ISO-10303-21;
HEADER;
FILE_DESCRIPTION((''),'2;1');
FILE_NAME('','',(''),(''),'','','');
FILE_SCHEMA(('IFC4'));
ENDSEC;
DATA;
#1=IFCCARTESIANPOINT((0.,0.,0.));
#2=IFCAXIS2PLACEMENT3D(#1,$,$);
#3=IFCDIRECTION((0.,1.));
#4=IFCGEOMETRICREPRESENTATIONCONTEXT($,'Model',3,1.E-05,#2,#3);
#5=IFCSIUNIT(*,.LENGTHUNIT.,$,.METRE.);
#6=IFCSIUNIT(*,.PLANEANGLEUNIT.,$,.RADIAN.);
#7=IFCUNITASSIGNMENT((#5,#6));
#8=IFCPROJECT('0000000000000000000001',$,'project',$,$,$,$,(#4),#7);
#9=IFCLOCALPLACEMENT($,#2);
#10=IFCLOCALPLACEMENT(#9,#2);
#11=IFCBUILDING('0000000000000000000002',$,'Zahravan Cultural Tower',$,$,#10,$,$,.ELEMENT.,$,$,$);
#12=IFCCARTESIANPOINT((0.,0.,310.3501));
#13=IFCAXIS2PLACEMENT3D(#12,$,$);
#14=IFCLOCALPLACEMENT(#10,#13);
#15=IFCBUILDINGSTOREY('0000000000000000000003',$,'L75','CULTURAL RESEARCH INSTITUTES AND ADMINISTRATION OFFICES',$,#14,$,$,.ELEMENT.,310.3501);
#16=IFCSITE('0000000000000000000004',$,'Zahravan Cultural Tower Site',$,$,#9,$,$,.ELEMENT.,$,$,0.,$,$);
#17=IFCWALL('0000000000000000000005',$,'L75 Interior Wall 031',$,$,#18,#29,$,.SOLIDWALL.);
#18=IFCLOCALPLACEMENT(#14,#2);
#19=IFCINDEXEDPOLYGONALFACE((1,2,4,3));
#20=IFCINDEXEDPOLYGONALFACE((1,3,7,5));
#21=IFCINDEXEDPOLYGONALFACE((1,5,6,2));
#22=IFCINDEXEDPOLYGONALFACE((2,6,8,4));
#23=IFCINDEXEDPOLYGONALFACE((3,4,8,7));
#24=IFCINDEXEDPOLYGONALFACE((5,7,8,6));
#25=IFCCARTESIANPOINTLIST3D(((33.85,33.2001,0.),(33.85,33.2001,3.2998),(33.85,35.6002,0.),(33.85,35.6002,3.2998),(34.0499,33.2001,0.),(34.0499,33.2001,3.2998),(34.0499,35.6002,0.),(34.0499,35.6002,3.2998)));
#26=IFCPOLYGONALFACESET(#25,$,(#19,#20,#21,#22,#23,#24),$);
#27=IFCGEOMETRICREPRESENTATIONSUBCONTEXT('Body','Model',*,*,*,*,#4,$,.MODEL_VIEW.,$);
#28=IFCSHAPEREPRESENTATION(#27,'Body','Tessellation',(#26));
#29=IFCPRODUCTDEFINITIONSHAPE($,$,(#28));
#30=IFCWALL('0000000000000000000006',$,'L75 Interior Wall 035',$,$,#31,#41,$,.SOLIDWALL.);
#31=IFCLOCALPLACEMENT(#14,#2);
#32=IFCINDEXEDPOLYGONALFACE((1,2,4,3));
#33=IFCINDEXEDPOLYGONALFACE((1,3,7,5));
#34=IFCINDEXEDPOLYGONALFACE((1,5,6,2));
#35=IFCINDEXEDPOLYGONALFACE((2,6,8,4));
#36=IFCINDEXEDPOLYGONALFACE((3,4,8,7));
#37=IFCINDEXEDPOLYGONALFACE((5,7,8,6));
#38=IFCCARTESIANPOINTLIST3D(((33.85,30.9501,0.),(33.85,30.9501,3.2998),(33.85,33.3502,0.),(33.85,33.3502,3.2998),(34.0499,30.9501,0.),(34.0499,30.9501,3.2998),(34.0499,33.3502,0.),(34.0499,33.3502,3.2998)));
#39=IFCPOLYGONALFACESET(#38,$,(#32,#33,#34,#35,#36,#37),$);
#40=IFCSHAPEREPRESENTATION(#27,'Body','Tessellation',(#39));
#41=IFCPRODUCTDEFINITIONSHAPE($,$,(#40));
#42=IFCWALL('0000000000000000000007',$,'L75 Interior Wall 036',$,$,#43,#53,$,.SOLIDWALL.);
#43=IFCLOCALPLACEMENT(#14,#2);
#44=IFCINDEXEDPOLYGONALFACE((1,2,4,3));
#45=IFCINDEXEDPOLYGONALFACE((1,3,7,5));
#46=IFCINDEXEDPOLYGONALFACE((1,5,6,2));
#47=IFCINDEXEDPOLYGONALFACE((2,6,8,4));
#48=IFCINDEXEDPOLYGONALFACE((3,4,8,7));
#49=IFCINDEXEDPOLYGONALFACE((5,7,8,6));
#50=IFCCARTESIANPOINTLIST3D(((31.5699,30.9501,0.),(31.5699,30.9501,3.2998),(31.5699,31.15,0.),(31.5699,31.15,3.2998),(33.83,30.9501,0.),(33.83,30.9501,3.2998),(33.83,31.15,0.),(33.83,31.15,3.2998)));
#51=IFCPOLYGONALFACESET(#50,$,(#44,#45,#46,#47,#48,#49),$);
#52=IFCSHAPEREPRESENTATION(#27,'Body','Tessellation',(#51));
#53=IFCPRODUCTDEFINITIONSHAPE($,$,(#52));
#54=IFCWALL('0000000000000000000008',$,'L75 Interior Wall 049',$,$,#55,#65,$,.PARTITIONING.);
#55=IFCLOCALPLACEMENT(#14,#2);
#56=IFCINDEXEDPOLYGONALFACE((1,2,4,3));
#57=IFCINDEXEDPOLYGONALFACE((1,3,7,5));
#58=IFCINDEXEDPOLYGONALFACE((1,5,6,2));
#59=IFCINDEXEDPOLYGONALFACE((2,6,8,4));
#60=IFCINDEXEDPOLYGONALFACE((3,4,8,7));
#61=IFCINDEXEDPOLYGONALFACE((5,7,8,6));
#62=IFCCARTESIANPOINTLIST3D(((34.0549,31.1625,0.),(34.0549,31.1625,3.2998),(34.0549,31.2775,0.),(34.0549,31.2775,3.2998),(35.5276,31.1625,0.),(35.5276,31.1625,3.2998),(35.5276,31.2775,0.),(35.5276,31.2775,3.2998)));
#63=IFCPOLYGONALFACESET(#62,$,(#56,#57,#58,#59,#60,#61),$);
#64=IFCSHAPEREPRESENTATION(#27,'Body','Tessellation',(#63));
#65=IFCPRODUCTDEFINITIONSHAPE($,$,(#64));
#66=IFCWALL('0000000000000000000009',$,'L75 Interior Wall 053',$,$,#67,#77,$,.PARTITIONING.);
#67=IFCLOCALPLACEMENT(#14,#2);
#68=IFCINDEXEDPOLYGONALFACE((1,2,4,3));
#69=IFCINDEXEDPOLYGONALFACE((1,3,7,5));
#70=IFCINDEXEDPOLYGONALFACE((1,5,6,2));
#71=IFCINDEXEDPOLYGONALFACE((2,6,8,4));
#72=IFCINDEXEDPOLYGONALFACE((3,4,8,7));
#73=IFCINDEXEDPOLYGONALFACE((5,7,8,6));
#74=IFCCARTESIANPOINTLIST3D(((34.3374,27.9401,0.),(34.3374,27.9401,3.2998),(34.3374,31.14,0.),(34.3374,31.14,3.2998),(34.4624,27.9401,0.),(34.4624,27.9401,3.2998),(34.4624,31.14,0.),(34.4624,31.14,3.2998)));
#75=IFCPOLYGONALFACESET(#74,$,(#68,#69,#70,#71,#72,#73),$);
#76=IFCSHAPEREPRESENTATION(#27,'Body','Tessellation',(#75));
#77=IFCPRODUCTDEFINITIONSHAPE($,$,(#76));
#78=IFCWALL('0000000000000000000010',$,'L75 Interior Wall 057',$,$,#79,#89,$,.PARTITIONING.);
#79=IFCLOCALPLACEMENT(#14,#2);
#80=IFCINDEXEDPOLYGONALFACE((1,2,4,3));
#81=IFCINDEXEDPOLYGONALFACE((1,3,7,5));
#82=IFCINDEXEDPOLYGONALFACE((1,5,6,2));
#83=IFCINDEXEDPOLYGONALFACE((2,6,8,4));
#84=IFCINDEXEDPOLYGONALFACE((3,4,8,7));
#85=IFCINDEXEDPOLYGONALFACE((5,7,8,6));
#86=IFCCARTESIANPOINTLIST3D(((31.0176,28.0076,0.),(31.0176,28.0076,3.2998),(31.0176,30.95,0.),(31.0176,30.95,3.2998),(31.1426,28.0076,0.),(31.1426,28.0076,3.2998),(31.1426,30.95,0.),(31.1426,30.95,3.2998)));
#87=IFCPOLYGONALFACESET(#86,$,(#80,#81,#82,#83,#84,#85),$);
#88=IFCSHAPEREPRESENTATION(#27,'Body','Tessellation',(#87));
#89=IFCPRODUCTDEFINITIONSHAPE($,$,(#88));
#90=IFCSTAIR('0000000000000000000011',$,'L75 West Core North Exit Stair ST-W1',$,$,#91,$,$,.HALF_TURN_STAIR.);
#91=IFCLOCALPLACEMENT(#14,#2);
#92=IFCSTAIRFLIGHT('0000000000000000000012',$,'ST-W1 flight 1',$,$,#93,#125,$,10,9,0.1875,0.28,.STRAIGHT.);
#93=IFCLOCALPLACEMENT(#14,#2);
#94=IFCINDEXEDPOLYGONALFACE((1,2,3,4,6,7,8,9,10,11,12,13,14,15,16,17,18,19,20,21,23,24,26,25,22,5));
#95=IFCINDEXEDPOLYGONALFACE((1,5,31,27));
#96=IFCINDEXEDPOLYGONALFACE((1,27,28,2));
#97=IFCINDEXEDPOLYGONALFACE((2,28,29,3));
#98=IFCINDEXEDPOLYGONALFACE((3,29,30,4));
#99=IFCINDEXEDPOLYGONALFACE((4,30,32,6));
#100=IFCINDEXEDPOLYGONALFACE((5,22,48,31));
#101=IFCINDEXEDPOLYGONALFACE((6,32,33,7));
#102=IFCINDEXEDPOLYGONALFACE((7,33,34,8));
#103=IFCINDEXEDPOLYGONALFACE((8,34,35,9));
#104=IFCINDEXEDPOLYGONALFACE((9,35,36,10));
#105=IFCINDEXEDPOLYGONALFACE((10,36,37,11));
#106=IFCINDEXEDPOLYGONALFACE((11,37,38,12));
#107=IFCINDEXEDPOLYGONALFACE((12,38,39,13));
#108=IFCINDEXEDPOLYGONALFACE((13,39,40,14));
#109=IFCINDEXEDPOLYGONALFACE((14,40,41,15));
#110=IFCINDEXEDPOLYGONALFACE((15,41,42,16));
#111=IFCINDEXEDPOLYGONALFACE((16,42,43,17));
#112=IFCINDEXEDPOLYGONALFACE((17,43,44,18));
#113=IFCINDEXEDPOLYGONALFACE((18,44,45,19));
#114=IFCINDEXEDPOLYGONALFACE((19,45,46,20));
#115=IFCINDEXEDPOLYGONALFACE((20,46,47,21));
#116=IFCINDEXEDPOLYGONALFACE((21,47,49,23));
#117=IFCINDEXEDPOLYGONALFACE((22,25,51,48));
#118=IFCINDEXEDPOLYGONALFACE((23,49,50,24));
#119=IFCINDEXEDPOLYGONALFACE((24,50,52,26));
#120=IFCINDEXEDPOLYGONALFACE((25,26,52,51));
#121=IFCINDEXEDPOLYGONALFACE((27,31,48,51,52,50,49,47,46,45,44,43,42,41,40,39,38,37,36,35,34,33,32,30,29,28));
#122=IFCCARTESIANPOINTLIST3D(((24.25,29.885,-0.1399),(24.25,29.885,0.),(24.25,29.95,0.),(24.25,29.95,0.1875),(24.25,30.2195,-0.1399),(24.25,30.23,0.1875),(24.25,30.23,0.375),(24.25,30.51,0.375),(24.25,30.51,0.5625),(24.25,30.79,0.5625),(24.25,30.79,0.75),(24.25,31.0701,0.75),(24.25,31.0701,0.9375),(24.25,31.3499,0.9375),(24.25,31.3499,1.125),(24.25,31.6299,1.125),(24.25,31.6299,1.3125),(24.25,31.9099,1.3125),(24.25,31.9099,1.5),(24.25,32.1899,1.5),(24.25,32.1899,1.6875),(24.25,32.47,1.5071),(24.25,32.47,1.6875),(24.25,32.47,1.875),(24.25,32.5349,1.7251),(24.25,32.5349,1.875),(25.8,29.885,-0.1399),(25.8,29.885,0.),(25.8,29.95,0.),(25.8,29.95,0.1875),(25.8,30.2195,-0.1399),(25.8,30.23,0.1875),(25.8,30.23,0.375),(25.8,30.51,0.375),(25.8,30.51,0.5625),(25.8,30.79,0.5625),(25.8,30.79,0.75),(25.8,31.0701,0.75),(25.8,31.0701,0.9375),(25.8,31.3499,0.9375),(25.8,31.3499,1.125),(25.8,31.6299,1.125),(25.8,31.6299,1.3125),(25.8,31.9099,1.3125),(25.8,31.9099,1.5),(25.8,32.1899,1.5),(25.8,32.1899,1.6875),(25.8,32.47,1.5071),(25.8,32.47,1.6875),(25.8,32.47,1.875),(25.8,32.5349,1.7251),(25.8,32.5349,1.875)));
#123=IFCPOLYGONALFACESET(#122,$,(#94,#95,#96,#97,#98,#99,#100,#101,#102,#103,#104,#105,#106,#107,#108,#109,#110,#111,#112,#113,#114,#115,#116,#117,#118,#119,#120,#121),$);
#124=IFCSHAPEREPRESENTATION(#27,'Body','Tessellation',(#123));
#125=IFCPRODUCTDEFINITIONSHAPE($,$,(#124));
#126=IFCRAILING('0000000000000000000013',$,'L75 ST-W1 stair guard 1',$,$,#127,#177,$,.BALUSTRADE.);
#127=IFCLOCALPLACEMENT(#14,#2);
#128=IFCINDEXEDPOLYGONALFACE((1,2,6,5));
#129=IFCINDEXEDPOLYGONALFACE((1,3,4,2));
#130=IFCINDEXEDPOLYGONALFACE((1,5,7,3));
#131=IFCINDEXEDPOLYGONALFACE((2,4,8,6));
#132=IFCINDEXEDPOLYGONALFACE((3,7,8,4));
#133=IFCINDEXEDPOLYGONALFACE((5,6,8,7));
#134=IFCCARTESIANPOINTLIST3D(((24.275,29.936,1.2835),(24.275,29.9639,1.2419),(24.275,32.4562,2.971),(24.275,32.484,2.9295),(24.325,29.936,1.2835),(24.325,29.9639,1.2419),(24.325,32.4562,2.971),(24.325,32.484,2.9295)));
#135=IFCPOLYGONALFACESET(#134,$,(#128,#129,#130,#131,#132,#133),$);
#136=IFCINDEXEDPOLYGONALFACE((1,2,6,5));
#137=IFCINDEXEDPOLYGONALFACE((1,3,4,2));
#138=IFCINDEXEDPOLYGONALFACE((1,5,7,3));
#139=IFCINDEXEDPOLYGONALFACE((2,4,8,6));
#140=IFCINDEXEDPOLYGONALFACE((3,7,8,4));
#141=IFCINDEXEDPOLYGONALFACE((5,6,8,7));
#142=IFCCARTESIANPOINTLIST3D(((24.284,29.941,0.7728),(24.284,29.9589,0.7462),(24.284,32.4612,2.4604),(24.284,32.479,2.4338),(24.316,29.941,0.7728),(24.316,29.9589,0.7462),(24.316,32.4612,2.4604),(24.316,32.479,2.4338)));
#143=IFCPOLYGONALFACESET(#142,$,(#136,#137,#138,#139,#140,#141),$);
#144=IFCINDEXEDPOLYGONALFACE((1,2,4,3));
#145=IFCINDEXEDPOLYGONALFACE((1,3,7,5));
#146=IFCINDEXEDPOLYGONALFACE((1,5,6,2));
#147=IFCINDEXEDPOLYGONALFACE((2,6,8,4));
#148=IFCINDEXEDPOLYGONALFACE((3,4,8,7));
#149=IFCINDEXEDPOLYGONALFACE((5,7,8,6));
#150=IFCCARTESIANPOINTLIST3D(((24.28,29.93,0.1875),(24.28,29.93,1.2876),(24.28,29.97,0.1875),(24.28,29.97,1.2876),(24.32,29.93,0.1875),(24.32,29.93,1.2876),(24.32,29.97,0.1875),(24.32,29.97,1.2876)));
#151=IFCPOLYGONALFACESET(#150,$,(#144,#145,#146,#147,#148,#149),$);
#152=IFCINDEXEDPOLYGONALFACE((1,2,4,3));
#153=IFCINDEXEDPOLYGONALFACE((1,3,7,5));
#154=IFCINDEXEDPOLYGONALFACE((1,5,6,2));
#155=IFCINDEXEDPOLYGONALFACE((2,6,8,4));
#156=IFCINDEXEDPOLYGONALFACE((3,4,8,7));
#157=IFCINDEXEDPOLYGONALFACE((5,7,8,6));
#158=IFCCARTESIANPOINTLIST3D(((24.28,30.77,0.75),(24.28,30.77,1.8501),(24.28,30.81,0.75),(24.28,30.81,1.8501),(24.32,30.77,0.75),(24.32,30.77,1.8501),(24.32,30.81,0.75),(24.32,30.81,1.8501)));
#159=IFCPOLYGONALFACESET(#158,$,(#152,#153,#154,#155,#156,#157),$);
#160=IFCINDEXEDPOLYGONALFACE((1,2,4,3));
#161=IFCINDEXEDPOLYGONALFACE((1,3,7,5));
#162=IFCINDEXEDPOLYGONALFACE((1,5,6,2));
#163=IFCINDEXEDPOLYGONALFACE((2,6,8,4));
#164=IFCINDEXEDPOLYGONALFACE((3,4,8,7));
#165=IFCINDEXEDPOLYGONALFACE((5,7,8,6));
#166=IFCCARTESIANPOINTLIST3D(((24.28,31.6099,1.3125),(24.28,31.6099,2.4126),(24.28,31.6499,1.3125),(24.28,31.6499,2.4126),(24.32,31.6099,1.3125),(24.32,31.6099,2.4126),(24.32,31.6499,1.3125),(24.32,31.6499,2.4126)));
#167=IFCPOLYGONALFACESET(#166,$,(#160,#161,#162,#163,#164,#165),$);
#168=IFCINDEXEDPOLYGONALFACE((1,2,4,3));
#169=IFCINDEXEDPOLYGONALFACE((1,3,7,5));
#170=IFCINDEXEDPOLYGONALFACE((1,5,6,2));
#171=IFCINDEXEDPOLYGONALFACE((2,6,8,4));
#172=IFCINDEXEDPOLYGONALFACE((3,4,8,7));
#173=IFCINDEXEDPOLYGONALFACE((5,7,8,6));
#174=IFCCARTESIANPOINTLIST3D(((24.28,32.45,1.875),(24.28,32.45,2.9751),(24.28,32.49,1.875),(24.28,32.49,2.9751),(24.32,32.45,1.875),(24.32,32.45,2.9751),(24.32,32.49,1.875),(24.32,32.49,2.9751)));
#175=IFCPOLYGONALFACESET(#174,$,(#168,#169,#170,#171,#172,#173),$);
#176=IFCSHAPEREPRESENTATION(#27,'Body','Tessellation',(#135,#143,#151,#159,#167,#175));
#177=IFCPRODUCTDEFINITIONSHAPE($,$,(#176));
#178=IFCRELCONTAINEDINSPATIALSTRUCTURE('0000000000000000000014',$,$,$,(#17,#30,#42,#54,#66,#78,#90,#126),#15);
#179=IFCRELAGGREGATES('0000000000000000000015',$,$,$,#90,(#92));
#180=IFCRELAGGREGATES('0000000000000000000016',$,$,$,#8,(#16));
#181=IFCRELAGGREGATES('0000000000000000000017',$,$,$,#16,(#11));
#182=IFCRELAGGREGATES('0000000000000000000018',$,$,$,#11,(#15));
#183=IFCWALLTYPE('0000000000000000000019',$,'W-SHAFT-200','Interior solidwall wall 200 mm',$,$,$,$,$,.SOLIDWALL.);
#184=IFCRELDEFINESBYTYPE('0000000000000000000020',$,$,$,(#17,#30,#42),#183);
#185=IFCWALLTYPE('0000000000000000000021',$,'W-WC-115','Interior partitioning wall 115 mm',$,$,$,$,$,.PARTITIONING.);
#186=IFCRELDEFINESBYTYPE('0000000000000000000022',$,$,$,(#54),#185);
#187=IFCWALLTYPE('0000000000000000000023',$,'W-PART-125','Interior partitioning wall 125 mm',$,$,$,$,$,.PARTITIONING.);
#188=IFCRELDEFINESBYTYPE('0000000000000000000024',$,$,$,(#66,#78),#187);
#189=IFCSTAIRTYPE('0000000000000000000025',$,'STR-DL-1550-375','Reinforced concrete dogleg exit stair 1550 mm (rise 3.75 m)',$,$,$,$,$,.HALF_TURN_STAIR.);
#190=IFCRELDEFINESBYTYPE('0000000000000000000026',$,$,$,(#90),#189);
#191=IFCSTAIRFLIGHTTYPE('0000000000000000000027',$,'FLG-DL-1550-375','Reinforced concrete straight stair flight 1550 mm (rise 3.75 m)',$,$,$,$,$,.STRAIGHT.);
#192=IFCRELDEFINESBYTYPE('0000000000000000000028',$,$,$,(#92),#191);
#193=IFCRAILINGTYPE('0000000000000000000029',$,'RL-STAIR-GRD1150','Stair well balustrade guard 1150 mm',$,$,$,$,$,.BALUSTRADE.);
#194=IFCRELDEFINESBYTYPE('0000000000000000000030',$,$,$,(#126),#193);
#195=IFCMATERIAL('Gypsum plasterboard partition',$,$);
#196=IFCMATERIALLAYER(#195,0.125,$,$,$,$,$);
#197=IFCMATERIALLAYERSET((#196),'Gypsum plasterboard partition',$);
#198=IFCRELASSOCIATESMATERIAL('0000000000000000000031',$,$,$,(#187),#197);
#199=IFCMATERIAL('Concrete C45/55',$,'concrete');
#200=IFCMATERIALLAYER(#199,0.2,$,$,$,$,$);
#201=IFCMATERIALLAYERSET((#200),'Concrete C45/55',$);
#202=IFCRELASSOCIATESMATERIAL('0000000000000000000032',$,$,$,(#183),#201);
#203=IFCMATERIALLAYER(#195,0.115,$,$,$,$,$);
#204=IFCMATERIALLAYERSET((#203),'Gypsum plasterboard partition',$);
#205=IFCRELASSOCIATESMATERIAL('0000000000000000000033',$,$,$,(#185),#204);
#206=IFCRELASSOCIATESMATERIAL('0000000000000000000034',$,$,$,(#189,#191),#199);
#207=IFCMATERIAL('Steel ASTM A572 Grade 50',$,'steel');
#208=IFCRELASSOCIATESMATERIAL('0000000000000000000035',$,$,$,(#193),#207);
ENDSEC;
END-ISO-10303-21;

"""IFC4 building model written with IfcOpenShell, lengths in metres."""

from ifc_helpers import new_model, si_unit, direction, frame, frame_2d, origin, origin_2d, place, context, subcontext, project, spatial, polyline, rectangle, outline, extrude, source, transform, mapped, material, layer, layer_set, type_object, element, aggregate, save


model = new_model("IFC4")

# Units and contexts
model_context = context("Model", 3, precision=1e-05, world=origin(), true_north=direction((0.0, 1.0)))
body_context = subcontext(model_context, "Body", "Model", "MODEL_VIEW")
ifc_project = project(units=[si_unit("LENGTHUNIT", "METRE"), si_unit("PLANEANGLEUNIT", "RADIAN")], contexts=[model_context])

# Site, building, storey
site_placement = place(None, origin())
site = spatial("IfcSite", under=ifc_project, at=site_placement, Name="Zahravan Cultural Tower Site", CompositionType="ELEMENT", RefElevation=0.0)
building_placement = place(site_placement, origin())
building = spatial("IfcBuilding", under=site, at=building_placement, Name="Zahravan Cultural Tower", CompositionType="ELEMENT")
storey_placement = place(building_placement, frame((0.0, 0.0, 310.3501)))
storey = spatial("IfcBuildingStorey", under=building, at=storey_placement, Name="L75", Description="CULTURAL RESEARCH INSTITUTES AND ADMINISTRATION OFFICES", CompositionType="ELEMENT", Elevation=310.3501)

# Shared definitions
ifc_material_1 = material(Name="Steel ASTM A572 Grade 50", Category="steel")
ifc_material_2 = material(Name="Gypsum plasterboard partition")
ifc_layer_1 = layer(ifc_material_2, 0.125)
ifc_layer_set_1 = layer_set([ifc_layer_1], Name="Gypsum plasterboard partition")
wall_type_1 = type_object("IfcWallType", Name="W-PART-125", Description="Interior partitioning wall 125 mm", PredefinedType="PARTITIONING", material=ifc_layer_set_1)
ifc_material_3 = material(Name="Concrete C45/55", Category="concrete")
ifc_layer_2 = layer(ifc_material_3, 0.2)
ifc_layer_set_2 = layer_set([ifc_layer_2], Name="Concrete C45/55")
wall_type_2 = type_object("IfcWallType", Name="W-SHAFT-200", Description="Interior solidwall wall 200 mm", PredefinedType="SOLIDWALL", material=ifc_layer_set_2)

# Walls
shared_shape_1 = source(origin(), body_context, "Body", "SweptSolid", [
    extrude(rectangle(XDim=2.4001, YDim=0.2, at=frame_2d((1.2002, 0.0))), origin(), (0.0, 0.0, 1.0), 3.2998),
])
for number, where, z_axis, x_axis, name in (
    (1, (33.95, 33.2, 0.0), (0.0, 0.0, 1.0), (0.0, 1.0, 0.0), "L75 Interior Wall 031"),
    (2, (33.95, 30.95, 0.0), (0.0, 0.0, 1.0), (0.0, 1.0, 0.0), "L75 Interior Wall 035"),
):
    element("IfcWall", number, at=place(storey_placement, frame(where, z_axis=z_axis, x_axis=x_axis)), inside=storey, type_object=wall_type_2, Name=name, PredefinedType="SOLIDWALL", context=body_context, shape_type="MappedRepresentation", body=[
        mapped(shared_shape_1, transform((0.0, 0.0, 0.0), x_axis=(1.0, 0.0, 0.0), y_axis=(0.0, 1.0, 0.0), z_axis=(0.0, 0.0, 1.0), scale=1.0)),
    ])
shared_shape_2 = source(origin(), body_context, "Body", "SweptSolid", [
    extrude(rectangle(XDim=2.26, YDim=0.2, at=frame_2d((1.1299, 0.0))), origin(), (0.0, 0.0, 1.0), 3.2998),
])
wall_1_placement = place(storey_placement, frame((31.5701, 31.05, 0.0), z_axis=(0.0, 0.0, 1.0), x_axis=(1.0, 0.0, 0.0)))
element("IfcWall", 3, at=wall_1_placement, inside=storey, type_object=wall_type_2, Name="L75 Interior Wall 036", PredefinedType="SOLIDWALL", context=body_context, shape_type="MappedRepresentation", body=[
    mapped(shared_shape_2, transform((0.0, 0.0, 0.0), x_axis=(1.0, 0.0, 0.0), y_axis=(0.0, 1.0, 0.0), z_axis=(0.0, 0.0, 1.0), scale=1.0)),
])
ifc_layer_3 = layer(ifc_material_2, 0.115)
ifc_layer_set_3 = layer_set([ifc_layer_3], Name="Gypsum plasterboard partition")
wall_type_3 = type_object("IfcWallType", Name="W-WC-115", Description="Interior partitioning wall 115 mm", PredefinedType="PARTITIONING", material=ifc_layer_set_3)
shared_shape_3 = source(origin(), body_context, "Body", "SweptSolid", [
    extrude(rectangle(XDim=1.4727, YDim=0.115, at=frame_2d((0.7363, 0.0))), origin(), (0.0, 0.0, 1.0), 3.2998),
])
wall_2_placement = place(storey_placement, frame((35.5276, 31.22, 0.0), z_axis=(0.0, 0.0, 1.0), x_axis=(-1.0, 0.0, 0.0)))
element("IfcWall", 4, at=wall_2_placement, inside=storey, type_object=wall_type_3, Name="L75 Interior Wall 049", PredefinedType="PARTITIONING", context=body_context, shape_type="MappedRepresentation", body=[
    mapped(shared_shape_3, transform((0.0, 0.0, 0.0), x_axis=(1.0, 0.0, 0.0), y_axis=(0.0, 1.0, 0.0), z_axis=(0.0, 0.0, 1.0), scale=1.0)),
])
shared_shape_4 = source(origin(), body_context, "Body", "SweptSolid", [
    extrude(rectangle(XDim=3.2, YDim=0.125, at=frame_2d((1.6001, 0.0))), origin(), (0.0, 0.0, 1.0), 3.2998),
])
wall_3_placement = place(storey_placement, frame((34.3999, 27.9399, 0.0), z_axis=(0.0, 0.0, 1.0), x_axis=(0.0, 1.0, 0.0)))
element("IfcWall", 5, at=wall_3_placement, inside=storey, type_object=wall_type_1, Name="L75 Interior Wall 053", PredefinedType="PARTITIONING", context=body_context, shape_type="MappedRepresentation", body=[
    mapped(shared_shape_4, transform((0.0, 0.0, 0.0), x_axis=(1.0, 0.0, 0.0), y_axis=(0.0, 1.0, 0.0), z_axis=(0.0, 0.0, 1.0), scale=1.0)),
])
shared_shape_5 = source(origin(), body_context, "Body", "SweptSolid", [
    extrude(rectangle(XDim=2.9424, YDim=0.125, at=frame_2d((1.4712, 0.0))), origin(), (0.0, 0.0, 1.0), 3.2998),
])
wall_4_placement = place(storey_placement, frame((31.0801, 28.0076, 0.0), z_axis=(0.0, 0.0, 1.0), x_axis=(0.0, 1.0, 0.0)))
element("IfcWall", 6, at=wall_4_placement, inside=storey, type_object=wall_type_1, Name="L75 Interior Wall 057", PredefinedType="PARTITIONING", context=body_context, shape_type="MappedRepresentation", body=[
    mapped(shared_shape_5, transform((0.0, 0.0, 0.0), x_axis=(1.0, 0.0, 0.0), y_axis=(0.0, 1.0, 0.0), z_axis=(0.0, 0.0, 1.0), scale=1.0)),
])

# Stair, stair flight
stair_type = type_object("IfcStairType", Name="STR-DL-1550-375", Description="Reinforced concrete dogleg exit stair 1550 mm (rise 3.75 m)", PredefinedType="HALF_TURN_STAIR", material=ifc_material_3)
stair_placement = place(storey_placement, origin())
stair = element("IfcStair", 7, at=stair_placement, inside=storey, type_object=stair_type, Name="L75 West Core North Exit Stair ST-W1", PredefinedType="HALF_TURN_STAIR")
stair_flight_type = type_object("IfcStairFlightType", Name="FLG-DL-1550-375", Description="Reinforced concrete straight stair flight 1550 mm (rise 3.75 m)", PredefinedType="STRAIGHT", material=ifc_material_3)
stair_flight_placement = place(storey_placement, frame((25.0249, 29.95, 0.0), z_axis=(0.0, 0.0, 1.0), x_axis=(0.0, 1.0, 0.0)))
stair_flight = element("IfcStairFlight", 8, at=stair_flight_placement, type_object=stair_flight_type, Name="ST-W1 flight 1", NumberOfRisers=10, NumberOfTreads=9, PredefinedType="STRAIGHT", RiserHeight=0.1875, TreadLength=0.28, context=body_context, shape_type="SweptSolid", body=[
    extrude(outline(polyline([(-0.0649, -0.1399), (-0.0649, 0.0), (0.0, 0.0), (0.0, 0.1875), (0.28, 0.1875), (0.28, 0.375), (0.5601, 0.375), (0.5601, 0.5625), (0.8401, 0.5625), (0.8401, 0.75), (1.1201, 0.75), (1.1201, 0.9375), (1.3999, 0.9375), (1.3999, 1.125), (1.6799, 1.125), (1.6799, 1.3125), (1.96, 1.3125), (1.96, 1.5), (2.24, 1.5), (2.24, 1.6875), (2.52, 1.6875), (2.52, 1.875), (2.585, 1.875), (2.585, 1.7251), (2.52, 1.5071), (0.2695, -0.1399), (-0.0649, -0.1399)])), frame((0.0, 0.7749, 0.0), z_axis=(0.0, -1.0, 0.0), x_axis=(1.0, 0.0, 0.0)), (0.0, 0.0, 1.0), 1.55),
])
aggregate(stair, [stair_flight])

# Railing
railing_type_1 = type_object("IfcRailingType", Name="RL-STAIR-GRD1150", Description="Stair well balustrade guard 1150 mm", PredefinedType="BALUSTRADE", material=ifc_material_1)
railing_1_placement = place(storey_placement, frame((24.3, 29.95, 0.1875)))
element("IfcRailing", 9, at=railing_1_placement, inside=storey, type_object=railing_type_1, Name="L75 ST-W1 stair guard 1", PredefinedType="BALUSTRADE", context=body_context, shape_type="SweptSolid", body=[
    extrude(rectangle(XDim=0.05, YDim=0.05, at=origin_2d()), frame((0.0, 0.0, 1.0752), z_axis=(0.0, 0.830909, 0.556408), x_axis=(-1.0, 0.0, 0.0)), (0.0, 0.0, 1.0), 3.033),
    extrude(rectangle(XDim=0.032, YDim=0.032, at=origin_2d()), frame((0.0, 0.0, 0.572), z_axis=(0.0, 0.830909, 0.556408), x_axis=(-1.0, 0.0, 0.0)), (0.0, 0.0, 1.0), 3.033),
    extrude(rectangle(XDim=0.04, YDim=0.04, at=origin_2d()), origin(), (0.0, 0.0, 1.0), 1.1001),
    extrude(rectangle(XDim=0.04, YDim=0.04, at=origin_2d()), frame((0.0, 0.8401, 0.5625)), (0.0, 0.0, 1.0), 1.1001),
    extrude(rectangle(XDim=0.04, YDim=0.04, at=origin_2d()), frame((0.0, 1.6799, 1.125)), (0.0, 0.0, 1.0), 1.1001),
    extrude(rectangle(XDim=0.04, YDim=0.04, at=origin_2d()), frame((0.0, 2.52, 1.6875)), (0.0, 0.0, 1.0), 1.1001),
])

save(model, "model.ifc")
